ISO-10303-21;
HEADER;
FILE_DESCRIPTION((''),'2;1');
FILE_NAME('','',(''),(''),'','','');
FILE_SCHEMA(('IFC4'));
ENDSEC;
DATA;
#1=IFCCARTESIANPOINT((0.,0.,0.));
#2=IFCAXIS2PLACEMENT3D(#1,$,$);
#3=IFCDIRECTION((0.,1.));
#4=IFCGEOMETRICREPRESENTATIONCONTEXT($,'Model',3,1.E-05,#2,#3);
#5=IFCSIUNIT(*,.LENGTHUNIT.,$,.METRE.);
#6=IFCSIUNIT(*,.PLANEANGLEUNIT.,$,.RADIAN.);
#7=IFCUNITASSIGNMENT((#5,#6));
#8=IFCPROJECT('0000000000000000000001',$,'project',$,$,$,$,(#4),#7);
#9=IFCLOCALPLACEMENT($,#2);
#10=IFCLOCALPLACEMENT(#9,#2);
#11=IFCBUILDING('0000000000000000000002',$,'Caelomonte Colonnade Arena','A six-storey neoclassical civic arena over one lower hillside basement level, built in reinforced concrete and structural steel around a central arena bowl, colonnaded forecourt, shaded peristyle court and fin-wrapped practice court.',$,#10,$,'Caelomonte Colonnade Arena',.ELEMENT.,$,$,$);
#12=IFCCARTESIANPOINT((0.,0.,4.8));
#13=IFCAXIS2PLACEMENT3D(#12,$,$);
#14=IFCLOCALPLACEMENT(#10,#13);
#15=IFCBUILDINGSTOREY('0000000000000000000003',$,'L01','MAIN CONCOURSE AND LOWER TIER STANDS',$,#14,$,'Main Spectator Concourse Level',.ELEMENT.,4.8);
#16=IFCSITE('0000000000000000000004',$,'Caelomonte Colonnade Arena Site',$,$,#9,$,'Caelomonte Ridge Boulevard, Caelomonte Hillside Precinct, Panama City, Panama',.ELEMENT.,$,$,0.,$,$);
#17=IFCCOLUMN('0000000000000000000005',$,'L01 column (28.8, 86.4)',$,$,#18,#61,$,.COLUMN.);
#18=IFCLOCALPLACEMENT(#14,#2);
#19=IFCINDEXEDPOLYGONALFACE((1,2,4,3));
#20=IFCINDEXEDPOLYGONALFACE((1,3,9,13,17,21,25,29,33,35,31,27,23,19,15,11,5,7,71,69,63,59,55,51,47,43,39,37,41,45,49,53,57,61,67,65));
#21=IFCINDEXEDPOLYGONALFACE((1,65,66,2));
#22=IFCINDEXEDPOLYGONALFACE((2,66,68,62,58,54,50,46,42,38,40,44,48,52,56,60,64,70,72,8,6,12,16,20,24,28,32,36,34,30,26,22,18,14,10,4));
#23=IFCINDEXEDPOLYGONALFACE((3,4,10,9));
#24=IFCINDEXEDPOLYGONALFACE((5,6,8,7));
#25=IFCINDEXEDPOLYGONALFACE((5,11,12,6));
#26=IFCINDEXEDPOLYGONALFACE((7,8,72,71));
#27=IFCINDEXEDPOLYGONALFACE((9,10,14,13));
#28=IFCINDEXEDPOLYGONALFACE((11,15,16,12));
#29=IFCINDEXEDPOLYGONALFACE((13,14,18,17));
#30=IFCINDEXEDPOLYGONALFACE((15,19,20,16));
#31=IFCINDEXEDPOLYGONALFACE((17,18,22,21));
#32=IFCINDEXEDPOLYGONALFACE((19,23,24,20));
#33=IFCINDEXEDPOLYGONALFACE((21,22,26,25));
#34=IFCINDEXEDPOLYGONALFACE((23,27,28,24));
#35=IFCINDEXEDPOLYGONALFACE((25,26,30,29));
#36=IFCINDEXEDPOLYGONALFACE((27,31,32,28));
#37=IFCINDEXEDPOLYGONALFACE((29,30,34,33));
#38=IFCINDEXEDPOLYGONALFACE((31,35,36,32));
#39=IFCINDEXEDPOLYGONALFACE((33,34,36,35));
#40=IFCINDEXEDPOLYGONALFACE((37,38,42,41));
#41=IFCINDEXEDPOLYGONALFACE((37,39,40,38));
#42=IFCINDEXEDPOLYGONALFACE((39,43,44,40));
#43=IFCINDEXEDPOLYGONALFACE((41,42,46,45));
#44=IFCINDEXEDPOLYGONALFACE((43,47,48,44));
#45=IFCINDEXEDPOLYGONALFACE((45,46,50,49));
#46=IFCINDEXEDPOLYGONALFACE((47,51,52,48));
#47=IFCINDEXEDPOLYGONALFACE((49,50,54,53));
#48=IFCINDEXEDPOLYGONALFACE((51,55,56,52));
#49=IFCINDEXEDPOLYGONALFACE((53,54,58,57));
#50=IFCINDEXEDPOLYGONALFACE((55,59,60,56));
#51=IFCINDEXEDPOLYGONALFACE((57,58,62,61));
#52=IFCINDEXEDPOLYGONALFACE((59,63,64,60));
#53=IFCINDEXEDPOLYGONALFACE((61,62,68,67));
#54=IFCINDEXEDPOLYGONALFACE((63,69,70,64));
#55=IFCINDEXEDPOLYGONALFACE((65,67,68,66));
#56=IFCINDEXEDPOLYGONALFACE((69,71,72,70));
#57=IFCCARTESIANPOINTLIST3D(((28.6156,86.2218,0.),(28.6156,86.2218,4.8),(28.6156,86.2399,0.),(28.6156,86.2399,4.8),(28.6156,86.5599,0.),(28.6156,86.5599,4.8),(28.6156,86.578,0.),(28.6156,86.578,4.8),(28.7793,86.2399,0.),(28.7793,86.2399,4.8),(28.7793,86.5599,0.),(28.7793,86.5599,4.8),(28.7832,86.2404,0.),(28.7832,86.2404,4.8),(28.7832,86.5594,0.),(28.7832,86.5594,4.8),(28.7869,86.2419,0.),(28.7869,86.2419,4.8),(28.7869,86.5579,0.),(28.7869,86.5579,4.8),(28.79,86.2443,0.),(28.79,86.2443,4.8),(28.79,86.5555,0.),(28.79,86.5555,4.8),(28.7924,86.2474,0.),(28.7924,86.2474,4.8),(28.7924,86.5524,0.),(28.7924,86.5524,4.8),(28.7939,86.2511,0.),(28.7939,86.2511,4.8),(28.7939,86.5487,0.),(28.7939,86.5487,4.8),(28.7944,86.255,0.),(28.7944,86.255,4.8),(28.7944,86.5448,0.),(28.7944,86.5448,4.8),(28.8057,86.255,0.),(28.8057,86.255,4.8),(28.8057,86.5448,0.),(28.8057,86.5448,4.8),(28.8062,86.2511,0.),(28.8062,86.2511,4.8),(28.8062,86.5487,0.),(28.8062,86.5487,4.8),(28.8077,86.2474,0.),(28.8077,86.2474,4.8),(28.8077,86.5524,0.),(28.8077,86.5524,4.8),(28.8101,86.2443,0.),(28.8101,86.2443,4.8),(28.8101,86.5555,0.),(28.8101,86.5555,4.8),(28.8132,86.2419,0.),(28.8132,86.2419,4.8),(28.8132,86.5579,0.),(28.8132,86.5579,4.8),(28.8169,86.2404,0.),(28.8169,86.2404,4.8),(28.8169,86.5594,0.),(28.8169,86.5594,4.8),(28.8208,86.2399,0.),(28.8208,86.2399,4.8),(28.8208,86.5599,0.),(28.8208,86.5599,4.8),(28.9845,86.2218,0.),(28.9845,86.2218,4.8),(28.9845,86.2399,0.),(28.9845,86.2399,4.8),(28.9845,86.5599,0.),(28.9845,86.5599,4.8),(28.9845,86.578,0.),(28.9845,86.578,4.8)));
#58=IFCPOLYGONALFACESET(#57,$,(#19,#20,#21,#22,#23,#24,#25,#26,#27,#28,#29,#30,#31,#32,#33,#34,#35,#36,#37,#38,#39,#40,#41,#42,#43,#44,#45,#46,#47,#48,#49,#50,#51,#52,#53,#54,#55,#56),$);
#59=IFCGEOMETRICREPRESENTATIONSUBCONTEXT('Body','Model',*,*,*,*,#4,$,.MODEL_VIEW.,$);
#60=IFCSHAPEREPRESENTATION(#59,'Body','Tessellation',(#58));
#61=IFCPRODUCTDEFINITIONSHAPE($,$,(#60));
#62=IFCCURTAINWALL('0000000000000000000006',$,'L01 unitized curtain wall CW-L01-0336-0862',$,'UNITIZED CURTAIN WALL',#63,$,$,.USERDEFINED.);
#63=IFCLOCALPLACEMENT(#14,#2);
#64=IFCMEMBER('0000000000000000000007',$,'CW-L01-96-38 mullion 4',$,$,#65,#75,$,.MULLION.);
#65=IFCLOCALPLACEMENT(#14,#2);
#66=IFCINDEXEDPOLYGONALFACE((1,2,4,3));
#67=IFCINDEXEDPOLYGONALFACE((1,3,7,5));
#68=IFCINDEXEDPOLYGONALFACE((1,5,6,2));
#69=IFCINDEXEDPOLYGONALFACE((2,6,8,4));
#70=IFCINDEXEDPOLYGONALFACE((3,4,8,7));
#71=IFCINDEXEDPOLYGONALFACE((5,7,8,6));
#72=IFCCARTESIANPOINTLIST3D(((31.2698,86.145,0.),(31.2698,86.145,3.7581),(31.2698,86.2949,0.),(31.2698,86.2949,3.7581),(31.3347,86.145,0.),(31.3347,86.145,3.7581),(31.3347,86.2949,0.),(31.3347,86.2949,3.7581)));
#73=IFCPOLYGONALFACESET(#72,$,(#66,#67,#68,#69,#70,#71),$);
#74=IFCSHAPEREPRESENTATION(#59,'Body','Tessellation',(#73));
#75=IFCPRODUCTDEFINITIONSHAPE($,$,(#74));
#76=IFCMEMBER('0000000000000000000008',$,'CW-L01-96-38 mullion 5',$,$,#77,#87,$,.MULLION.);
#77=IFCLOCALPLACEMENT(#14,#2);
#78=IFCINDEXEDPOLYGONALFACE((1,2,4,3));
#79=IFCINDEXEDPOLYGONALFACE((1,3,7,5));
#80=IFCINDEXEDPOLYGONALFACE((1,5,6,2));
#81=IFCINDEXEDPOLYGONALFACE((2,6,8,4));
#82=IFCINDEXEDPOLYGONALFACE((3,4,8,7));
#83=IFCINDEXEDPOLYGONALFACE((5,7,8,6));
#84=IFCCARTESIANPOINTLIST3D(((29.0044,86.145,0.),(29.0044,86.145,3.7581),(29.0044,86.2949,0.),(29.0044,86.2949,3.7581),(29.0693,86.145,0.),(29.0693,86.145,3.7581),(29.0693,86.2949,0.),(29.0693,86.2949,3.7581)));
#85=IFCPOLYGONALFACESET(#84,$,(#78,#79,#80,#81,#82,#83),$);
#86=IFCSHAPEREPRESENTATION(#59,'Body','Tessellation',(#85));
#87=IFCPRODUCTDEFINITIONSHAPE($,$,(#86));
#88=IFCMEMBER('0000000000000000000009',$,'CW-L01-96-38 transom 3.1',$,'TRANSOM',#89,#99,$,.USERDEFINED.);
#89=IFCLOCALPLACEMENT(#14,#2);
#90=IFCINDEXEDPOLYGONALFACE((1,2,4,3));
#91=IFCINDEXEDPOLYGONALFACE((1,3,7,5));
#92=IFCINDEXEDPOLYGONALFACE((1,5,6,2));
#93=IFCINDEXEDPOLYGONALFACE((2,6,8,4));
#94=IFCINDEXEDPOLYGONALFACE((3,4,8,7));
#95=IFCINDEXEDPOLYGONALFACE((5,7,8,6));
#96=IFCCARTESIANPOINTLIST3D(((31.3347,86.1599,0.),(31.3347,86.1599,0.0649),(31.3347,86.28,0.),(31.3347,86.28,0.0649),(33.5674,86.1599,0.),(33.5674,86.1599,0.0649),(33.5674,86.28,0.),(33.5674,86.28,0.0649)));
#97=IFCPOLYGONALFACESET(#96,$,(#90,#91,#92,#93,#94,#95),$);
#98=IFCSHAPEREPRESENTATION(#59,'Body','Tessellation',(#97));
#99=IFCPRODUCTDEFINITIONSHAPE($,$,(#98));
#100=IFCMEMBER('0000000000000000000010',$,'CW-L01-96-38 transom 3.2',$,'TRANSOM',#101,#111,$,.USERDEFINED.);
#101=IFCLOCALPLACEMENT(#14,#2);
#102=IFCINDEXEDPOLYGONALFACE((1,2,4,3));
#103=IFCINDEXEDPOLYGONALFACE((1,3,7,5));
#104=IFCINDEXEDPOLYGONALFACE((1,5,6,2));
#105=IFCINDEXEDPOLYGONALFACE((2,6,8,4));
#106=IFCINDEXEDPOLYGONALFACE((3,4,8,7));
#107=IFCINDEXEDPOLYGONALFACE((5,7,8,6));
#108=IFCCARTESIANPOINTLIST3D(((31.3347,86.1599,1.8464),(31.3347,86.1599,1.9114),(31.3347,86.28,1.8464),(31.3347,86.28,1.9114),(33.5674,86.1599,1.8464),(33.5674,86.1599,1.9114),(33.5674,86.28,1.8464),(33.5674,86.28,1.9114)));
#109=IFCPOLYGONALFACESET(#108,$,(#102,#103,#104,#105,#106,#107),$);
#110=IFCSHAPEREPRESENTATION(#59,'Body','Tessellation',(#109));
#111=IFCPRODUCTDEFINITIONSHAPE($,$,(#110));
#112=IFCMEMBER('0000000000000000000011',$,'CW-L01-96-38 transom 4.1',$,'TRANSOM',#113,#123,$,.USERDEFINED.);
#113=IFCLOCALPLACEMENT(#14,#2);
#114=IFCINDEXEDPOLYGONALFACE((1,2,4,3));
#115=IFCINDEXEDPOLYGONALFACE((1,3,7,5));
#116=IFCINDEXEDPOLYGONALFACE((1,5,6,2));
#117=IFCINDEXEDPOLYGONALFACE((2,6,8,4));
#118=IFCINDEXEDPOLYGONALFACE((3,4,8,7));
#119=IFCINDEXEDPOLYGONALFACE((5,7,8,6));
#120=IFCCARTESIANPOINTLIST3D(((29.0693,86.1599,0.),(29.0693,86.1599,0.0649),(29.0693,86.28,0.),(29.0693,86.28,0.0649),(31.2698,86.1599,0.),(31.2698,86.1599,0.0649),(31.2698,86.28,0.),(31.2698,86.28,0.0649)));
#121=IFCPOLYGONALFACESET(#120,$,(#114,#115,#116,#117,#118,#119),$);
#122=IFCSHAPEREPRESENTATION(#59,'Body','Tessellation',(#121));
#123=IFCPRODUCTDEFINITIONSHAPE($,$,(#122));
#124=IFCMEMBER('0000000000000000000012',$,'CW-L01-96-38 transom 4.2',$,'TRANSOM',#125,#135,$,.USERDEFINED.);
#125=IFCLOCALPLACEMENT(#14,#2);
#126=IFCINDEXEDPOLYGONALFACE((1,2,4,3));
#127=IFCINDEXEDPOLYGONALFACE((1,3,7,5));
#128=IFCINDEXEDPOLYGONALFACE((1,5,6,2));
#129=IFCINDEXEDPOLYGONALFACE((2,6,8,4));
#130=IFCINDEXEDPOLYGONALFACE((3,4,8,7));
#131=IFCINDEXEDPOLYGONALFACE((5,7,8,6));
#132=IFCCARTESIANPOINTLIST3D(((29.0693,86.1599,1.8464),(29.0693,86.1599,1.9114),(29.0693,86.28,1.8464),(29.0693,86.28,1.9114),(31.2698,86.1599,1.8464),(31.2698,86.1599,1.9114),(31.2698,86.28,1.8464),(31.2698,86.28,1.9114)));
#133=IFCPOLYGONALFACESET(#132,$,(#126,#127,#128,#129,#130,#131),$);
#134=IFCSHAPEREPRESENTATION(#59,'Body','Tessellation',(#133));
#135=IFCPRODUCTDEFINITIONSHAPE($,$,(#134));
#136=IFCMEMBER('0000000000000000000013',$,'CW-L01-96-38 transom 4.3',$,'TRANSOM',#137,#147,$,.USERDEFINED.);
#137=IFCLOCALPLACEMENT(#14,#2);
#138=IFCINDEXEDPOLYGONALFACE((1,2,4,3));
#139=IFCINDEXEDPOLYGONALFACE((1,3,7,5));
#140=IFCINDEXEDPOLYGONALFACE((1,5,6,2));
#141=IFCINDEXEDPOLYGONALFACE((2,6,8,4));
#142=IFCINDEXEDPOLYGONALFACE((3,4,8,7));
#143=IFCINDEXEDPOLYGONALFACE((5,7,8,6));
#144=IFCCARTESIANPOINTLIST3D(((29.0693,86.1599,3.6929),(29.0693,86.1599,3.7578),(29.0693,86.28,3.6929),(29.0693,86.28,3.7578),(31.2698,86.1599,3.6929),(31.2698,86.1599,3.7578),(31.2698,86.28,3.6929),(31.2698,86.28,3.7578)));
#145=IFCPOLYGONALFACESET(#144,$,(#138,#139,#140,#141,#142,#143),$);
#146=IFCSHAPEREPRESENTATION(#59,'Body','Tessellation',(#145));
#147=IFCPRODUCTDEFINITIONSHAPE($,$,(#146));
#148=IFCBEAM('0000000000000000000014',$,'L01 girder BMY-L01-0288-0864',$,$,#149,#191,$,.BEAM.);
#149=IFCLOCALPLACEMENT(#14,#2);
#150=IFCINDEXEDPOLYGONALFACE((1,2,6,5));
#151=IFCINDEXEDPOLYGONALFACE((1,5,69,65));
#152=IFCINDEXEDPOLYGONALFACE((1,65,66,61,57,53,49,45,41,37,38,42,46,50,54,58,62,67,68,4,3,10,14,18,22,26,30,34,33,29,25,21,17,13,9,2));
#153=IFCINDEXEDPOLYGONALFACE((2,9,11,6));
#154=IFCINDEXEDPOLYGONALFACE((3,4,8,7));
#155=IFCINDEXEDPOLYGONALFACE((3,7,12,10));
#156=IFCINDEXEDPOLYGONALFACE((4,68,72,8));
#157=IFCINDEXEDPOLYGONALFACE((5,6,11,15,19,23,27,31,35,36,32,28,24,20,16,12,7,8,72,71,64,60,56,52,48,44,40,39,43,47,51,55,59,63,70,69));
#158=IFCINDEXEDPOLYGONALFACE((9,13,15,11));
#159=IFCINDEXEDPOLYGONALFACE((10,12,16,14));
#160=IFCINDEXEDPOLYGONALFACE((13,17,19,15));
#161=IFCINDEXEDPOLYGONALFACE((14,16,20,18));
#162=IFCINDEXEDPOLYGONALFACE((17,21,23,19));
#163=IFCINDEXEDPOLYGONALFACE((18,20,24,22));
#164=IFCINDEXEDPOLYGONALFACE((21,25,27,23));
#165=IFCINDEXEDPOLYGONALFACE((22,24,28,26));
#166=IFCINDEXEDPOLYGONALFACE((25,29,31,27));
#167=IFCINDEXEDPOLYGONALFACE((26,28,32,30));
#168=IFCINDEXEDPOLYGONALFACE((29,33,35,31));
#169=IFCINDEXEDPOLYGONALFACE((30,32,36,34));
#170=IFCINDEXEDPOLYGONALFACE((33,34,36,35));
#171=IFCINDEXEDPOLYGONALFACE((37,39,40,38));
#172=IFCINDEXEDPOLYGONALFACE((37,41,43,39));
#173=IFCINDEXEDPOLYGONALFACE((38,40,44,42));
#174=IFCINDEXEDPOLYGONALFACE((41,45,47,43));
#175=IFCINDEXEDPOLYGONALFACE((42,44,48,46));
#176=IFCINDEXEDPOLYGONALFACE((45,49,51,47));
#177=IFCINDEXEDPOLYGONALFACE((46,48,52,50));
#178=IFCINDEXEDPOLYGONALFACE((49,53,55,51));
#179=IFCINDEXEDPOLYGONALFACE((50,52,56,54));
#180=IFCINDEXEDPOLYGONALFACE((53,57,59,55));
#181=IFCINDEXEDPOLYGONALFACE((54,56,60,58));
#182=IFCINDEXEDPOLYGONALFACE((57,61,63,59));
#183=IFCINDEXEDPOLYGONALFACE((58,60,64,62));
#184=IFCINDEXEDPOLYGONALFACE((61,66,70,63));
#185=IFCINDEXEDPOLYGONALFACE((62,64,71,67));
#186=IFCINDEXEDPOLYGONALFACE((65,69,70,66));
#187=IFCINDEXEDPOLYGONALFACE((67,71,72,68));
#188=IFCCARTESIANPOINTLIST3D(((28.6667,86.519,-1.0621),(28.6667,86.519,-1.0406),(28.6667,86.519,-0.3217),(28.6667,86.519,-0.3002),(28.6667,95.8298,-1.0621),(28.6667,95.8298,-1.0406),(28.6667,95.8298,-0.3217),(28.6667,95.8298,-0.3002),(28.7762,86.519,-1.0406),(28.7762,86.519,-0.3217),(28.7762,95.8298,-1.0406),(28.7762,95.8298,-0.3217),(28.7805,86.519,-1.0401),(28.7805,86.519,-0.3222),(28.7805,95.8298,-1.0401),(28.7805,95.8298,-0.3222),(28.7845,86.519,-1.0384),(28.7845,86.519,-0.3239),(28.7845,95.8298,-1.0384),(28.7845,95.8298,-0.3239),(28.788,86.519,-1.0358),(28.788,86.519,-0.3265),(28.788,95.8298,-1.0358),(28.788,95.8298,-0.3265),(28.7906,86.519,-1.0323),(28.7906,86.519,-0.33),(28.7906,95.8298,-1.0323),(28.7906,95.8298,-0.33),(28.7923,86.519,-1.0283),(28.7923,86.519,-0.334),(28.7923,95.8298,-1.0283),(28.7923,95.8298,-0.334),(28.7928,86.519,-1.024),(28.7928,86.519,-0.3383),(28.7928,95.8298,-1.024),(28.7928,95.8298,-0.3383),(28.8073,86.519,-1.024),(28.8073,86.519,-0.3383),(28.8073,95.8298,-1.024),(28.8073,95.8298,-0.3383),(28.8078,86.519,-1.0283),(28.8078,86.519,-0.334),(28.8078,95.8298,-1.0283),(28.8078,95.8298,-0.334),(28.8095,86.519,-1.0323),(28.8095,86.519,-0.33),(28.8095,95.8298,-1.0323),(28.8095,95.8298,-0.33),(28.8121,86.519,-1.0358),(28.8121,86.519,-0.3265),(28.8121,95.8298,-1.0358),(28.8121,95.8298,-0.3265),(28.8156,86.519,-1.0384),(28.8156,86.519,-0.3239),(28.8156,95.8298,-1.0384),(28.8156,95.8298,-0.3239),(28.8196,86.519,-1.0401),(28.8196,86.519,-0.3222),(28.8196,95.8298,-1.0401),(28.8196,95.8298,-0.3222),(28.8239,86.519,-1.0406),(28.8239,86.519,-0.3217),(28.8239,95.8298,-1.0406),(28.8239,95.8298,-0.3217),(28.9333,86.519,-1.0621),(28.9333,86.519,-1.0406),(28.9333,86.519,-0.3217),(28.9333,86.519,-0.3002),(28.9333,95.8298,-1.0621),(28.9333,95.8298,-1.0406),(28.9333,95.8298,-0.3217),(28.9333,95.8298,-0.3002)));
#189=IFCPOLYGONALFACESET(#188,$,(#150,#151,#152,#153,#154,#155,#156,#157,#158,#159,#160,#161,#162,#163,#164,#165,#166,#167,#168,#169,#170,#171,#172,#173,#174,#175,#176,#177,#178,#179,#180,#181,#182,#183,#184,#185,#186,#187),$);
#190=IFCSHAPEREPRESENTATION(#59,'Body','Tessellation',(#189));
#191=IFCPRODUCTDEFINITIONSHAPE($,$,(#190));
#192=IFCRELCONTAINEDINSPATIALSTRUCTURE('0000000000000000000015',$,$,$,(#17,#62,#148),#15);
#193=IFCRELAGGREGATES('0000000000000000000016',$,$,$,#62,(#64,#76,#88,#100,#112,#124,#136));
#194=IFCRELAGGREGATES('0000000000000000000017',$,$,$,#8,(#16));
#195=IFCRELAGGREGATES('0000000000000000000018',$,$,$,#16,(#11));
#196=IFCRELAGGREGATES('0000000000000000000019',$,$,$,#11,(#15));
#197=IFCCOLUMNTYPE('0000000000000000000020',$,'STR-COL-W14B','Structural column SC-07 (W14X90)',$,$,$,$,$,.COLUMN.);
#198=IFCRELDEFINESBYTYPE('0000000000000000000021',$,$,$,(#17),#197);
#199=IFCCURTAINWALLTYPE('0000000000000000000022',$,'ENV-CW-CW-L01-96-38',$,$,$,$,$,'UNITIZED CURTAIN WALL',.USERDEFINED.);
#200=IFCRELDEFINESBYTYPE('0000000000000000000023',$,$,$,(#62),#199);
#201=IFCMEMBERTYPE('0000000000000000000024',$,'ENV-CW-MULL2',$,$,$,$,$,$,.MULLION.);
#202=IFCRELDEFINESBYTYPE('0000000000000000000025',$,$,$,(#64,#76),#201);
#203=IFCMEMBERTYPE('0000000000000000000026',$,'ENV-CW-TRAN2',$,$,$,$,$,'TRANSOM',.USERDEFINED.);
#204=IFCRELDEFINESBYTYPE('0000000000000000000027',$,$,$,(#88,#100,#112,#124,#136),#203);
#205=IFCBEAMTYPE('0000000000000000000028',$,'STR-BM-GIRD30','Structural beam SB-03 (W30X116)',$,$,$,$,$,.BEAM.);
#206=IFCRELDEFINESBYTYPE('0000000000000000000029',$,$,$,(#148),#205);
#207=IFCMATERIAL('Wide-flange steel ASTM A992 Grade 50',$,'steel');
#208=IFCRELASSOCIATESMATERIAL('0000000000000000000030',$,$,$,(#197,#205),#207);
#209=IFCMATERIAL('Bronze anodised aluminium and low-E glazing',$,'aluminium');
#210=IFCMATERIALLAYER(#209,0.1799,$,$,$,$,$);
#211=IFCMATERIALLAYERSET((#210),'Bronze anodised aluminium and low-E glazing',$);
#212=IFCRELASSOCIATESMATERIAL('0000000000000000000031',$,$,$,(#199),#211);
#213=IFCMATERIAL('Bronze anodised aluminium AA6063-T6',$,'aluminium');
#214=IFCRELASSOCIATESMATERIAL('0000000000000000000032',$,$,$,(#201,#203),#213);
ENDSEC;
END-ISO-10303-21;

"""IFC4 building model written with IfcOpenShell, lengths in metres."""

from ifc_helpers import new_model, si_unit, direction, frame, origin, origin_2d, place, context, subcontext, project, spatial, rectangle, i_section, extrude, material, layer, layer_set, material_profile, profile_set, type_object, element, aggregate, save


model = new_model("IFC4")

# Units and contexts
model_context = context("Model", 3, precision=1e-05, world=origin(), true_north=direction((0.0, 1.0)))
body_context = subcontext(model_context, "Body", "Model", "MODEL_VIEW")
ifc_project = project(units=[si_unit("LENGTHUNIT", "METRE"), si_unit("PLANEANGLEUNIT", "RADIAN")], contexts=[model_context])

# Site, building, storey
site_placement = place(None, origin())
site = spatial("IfcSite", under=ifc_project, at=site_placement, Name="Caelomonte Colonnade Arena Site", LongName="Caelomonte Ridge Boulevard, Caelomonte Hillside Precinct, Panama City, Panama", CompositionType="ELEMENT", RefElevation=0.0)
building_placement = place(site_placement, origin())
building = spatial("IfcBuilding", under=site, at=building_placement, Name="Caelomonte Colonnade Arena", Description="A six-storey neoclassical civic arena over one lower hillside basement level, built in reinforced concrete and structural steel around a central arena bowl, colonnaded forecourt, shaded peristyle court and fin-wrapped practice court.", LongName="Caelomonte Colonnade Arena", CompositionType="ELEMENT")
storey_placement = place(building_placement, frame((0.0, 0.0, 4.8)))
storey = spatial("IfcBuildingStorey", under=building, at=storey_placement, Name="L01", Description="MAIN CONCOURSE AND LOWER TIER STANDS", LongName="Main Spectator Concourse Level", CompositionType="ELEMENT", Elevation=4.8)

# Column
ifc_material_1 = material(Name="Wide-flange steel ASTM A992 Grade 50", Category="steel")
ifc_material_profile_1 = material_profile(ifc_material_1, i_section(OverallWidth=0.3689, OverallDepth=0.3562, WebThickness=0.0112, FlangeThickness=0.0181, FilletRadius=0.0151, at=origin_2d()), Name="W14X90")
ifc_profile_set_1 = profile_set([ifc_material_profile_1], Name="Wide-flange steel ASTM A992 Grade 50")
column_type = type_object("IfcColumnType", Name="STR-COL-W14B", Description="Structural column SC-07 (W14X90)", PredefinedType="COLUMN", material=ifc_profile_set_1)
column_placement = place(storey_placement, frame((28.8, 86.3999, 0.0), z_axis=(0.0, 0.0, 1.0), x_axis=(1.0, 0.0, 0.0)))
element("IfcColumn", 1, at=column_placement, inside=storey, type_object=column_type, Name="L01 column (28.8, 86.4)", PredefinedType="COLUMN", context=body_context, shape_type="SweptSolid", body=[
    extrude(i_section(OverallWidth=0.3689, OverallDepth=0.3562, WebThickness=0.0112, FlangeThickness=0.0181, FilletRadius=0.0151, at=origin_2d()), origin(), (0.0, 0.0, 1.0), 4.8),
])

# Curtain wall, members
ifc_material_2 = material(Name="Bronze anodised aluminium and low-E glazing", Category="aluminium")
ifc_layer_1 = layer(ifc_material_2, 0.1799)
ifc_layer_set_1 = layer_set([ifc_layer_1], Name="Bronze anodised aluminium and low-E glazing")
curtain_wall_type = type_object("IfcCurtainWallType", Name="ENV-CW-CW-L01-96-38", ElementType="UNITIZED CURTAIN WALL", PredefinedType="USERDEFINED", material=ifc_layer_set_1)
curtain_wall_placement = place(storey_placement, origin())
curtain_wall = element("IfcCurtainWall", 2, at=curtain_wall_placement, inside=storey, type_object=curtain_wall_type, Name="L01 unitized curtain wall CW-L01-0336-0862", ObjectType="UNITIZED CURTAIN WALL", PredefinedType="USERDEFINED")
ifc_material_3 = material(Name="Bronze anodised aluminium AA6063-T6", Category="aluminium")
ifc_material_profile_2 = material_profile(ifc_material_3, rectangle(XDim=0.0649, YDim=0.1499, at=origin_2d()), Name="CWM-65X150")
ifc_profile_set_2 = profile_set([ifc_material_profile_2], Name="Bronze anodised aluminium AA6063-T6")
member_type_1 = type_object("IfcMemberType", Name="ENV-CW-MULL2", PredefinedType="MULLION", material=ifc_profile_set_2)
member_1_placement = place(storey_placement, frame((31.3022, 86.22, 0.0), z_axis=(0.0, 0.0, 1.0), x_axis=(-1.0, 0.0, 0.0)))
member_1 = element("IfcMember", 3, at=member_1_placement, type_object=member_type_1, Name="CW-L01-96-38 mullion 4", PredefinedType="MULLION", context=body_context, shape_type="SweptSolid", body=[
    extrude(rectangle(XDim=0.0649, YDim=0.1499, at=origin_2d()), origin(), (0.0, 0.0, 1.0), 3.7581),
])
member_2_placement = place(storey_placement, frame((29.0369, 86.22, 0.0), z_axis=(0.0, 0.0, 1.0), x_axis=(-1.0, 0.0, 0.0)))
member_2 = element("IfcMember", 4, at=member_2_placement, type_object=member_type_1, Name="CW-L01-96-38 mullion 5", PredefinedType="MULLION", context=body_context, shape_type="SweptSolid", body=[
    extrude(rectangle(XDim=0.0649, YDim=0.1499, at=origin_2d()), origin(), (0.0, 0.0, 1.0), 3.7581),
])
ifc_material_profile_3 = material_profile(ifc_material_3, rectangle(XDim=0.0649, YDim=0.1201, at=origin_2d()), Name="CWT-65X120")
ifc_profile_set_3 = profile_set([ifc_material_profile_3], Name="Bronze anodised aluminium AA6063-T6")
member_type_2 = type_object("IfcMemberType", Name="ENV-CW-TRAN2", ElementType="TRANSOM", PredefinedType="USERDEFINED", material=ifc_profile_set_3)
member_3_placement = place(storey_placement, frame((33.5674, 86.22, 0.0325), z_axis=(-1.0, 0.0, 0.0), x_axis=(0.0, 0.0, 1.0)))
member_3 = element("IfcMember", 5, at=member_3_placement, type_object=member_type_2, Name="CW-L01-96-38 transom 3.1", ObjectType="TRANSOM", PredefinedType="USERDEFINED", context=body_context, shape_type="SweptSolid", body=[
    extrude(rectangle(XDim=0.0649, YDim=0.1201, at=origin_2d()), origin(), (0.0, 0.0, 1.0), 2.2327),
])
member_4_placement = place(storey_placement, frame((33.5674, 86.22, 1.8789), z_axis=(-1.0, 0.0, 0.0), x_axis=(0.0, 0.0, 1.0)))
member_4 = element("IfcMember", 6, at=member_4_placement, type_object=member_type_2, Name="CW-L01-96-38 transom 3.2", ObjectType="TRANSOM", PredefinedType="USERDEFINED", context=body_context, shape_type="SweptSolid", body=[
    extrude(rectangle(XDim=0.0649, YDim=0.1201, at=origin_2d()), origin(), (0.0, 0.0, 1.0), 2.2327),
])
member_5_placement = place(storey_placement, frame((31.2698, 86.22, 0.0325), z_axis=(-1.0, 0.0, 0.0), x_axis=(0.0, 0.0, 1.0)))
member_5 = element("IfcMember", 7, at=member_5_placement, type_object=member_type_2, Name="CW-L01-96-38 transom 4.1", ObjectType="TRANSOM", PredefinedType="USERDEFINED", context=body_context, shape_type="SweptSolid", body=[
    extrude(rectangle(XDim=0.0649, YDim=0.1201, at=origin_2d()), origin(), (0.0, 0.0, 1.0), 2.2004),
])
member_6_placement = place(storey_placement, frame((31.2698, 86.22, 1.8789), z_axis=(-1.0, 0.0, 0.0), x_axis=(0.0, 0.0, 1.0)))
member_6 = element("IfcMember", 8, at=member_6_placement, type_object=member_type_2, Name="CW-L01-96-38 transom 4.2", ObjectType="TRANSOM", PredefinedType="USERDEFINED", context=body_context, shape_type="SweptSolid", body=[
    extrude(rectangle(XDim=0.0649, YDim=0.1201, at=origin_2d()), origin(), (0.0, 0.0, 1.0), 2.2004),
])
member_7_placement = place(storey_placement, frame((31.2698, 86.22, 3.7253), z_axis=(-1.0, 0.0, 0.0), x_axis=(0.0, 0.0, 1.0)))
member_7 = element("IfcMember", 9, at=member_7_placement, type_object=member_type_2, Name="CW-L01-96-38 transom 4.3", ObjectType="TRANSOM", PredefinedType="USERDEFINED", context=body_context, shape_type="SweptSolid", body=[
    extrude(rectangle(XDim=0.0649, YDim=0.1201, at=origin_2d()), origin(), (0.0, 0.0, 1.0), 2.2004),
])

# Beam
ifc_material_profile_4 = material_profile(ifc_material_1, i_section(OverallWidth=0.2666, OverallDepth=0.762, WebThickness=0.0144, FlangeThickness=0.0215, FilletRadius=0.0166, at=origin_2d()), Name="W30X116")
ifc_profile_set_4 = profile_set([ifc_material_profile_4], Name="Wide-flange steel ASTM A992 Grade 50")
beam_type_1 = type_object("IfcBeamType", Name="STR-BM-GIRD30", Description="Structural beam SB-03 (W30X116)", PredefinedType="BEAM", material=ifc_profile_set_4)
beam_1_placement = place(storey_placement, frame((28.8, 86.519, -0.6812), z_axis=(0.0, 1.0, 0.0), x_axis=(-1.0, 0.0, 0.0)))
element("IfcBeam", 10, at=beam_1_placement, inside=storey, type_object=beam_type_1, Name="L01 girder BMY-L01-0288-0864", PredefinedType="BEAM", context=body_context, shape_type="SweptSolid", body=[
    extrude(i_section(OverallWidth=0.2666, OverallDepth=0.762, WebThickness=0.0144, FlangeThickness=0.0215, FilletRadius=0.0166, at=origin_2d()), origin(), (0.0, 0.0, 1.0), 9.3108),
])

aggregate(curtain_wall, [member_1, member_2, member_3, member_4, member_5, member_6, member_7])

save(model, "model.ifc")
